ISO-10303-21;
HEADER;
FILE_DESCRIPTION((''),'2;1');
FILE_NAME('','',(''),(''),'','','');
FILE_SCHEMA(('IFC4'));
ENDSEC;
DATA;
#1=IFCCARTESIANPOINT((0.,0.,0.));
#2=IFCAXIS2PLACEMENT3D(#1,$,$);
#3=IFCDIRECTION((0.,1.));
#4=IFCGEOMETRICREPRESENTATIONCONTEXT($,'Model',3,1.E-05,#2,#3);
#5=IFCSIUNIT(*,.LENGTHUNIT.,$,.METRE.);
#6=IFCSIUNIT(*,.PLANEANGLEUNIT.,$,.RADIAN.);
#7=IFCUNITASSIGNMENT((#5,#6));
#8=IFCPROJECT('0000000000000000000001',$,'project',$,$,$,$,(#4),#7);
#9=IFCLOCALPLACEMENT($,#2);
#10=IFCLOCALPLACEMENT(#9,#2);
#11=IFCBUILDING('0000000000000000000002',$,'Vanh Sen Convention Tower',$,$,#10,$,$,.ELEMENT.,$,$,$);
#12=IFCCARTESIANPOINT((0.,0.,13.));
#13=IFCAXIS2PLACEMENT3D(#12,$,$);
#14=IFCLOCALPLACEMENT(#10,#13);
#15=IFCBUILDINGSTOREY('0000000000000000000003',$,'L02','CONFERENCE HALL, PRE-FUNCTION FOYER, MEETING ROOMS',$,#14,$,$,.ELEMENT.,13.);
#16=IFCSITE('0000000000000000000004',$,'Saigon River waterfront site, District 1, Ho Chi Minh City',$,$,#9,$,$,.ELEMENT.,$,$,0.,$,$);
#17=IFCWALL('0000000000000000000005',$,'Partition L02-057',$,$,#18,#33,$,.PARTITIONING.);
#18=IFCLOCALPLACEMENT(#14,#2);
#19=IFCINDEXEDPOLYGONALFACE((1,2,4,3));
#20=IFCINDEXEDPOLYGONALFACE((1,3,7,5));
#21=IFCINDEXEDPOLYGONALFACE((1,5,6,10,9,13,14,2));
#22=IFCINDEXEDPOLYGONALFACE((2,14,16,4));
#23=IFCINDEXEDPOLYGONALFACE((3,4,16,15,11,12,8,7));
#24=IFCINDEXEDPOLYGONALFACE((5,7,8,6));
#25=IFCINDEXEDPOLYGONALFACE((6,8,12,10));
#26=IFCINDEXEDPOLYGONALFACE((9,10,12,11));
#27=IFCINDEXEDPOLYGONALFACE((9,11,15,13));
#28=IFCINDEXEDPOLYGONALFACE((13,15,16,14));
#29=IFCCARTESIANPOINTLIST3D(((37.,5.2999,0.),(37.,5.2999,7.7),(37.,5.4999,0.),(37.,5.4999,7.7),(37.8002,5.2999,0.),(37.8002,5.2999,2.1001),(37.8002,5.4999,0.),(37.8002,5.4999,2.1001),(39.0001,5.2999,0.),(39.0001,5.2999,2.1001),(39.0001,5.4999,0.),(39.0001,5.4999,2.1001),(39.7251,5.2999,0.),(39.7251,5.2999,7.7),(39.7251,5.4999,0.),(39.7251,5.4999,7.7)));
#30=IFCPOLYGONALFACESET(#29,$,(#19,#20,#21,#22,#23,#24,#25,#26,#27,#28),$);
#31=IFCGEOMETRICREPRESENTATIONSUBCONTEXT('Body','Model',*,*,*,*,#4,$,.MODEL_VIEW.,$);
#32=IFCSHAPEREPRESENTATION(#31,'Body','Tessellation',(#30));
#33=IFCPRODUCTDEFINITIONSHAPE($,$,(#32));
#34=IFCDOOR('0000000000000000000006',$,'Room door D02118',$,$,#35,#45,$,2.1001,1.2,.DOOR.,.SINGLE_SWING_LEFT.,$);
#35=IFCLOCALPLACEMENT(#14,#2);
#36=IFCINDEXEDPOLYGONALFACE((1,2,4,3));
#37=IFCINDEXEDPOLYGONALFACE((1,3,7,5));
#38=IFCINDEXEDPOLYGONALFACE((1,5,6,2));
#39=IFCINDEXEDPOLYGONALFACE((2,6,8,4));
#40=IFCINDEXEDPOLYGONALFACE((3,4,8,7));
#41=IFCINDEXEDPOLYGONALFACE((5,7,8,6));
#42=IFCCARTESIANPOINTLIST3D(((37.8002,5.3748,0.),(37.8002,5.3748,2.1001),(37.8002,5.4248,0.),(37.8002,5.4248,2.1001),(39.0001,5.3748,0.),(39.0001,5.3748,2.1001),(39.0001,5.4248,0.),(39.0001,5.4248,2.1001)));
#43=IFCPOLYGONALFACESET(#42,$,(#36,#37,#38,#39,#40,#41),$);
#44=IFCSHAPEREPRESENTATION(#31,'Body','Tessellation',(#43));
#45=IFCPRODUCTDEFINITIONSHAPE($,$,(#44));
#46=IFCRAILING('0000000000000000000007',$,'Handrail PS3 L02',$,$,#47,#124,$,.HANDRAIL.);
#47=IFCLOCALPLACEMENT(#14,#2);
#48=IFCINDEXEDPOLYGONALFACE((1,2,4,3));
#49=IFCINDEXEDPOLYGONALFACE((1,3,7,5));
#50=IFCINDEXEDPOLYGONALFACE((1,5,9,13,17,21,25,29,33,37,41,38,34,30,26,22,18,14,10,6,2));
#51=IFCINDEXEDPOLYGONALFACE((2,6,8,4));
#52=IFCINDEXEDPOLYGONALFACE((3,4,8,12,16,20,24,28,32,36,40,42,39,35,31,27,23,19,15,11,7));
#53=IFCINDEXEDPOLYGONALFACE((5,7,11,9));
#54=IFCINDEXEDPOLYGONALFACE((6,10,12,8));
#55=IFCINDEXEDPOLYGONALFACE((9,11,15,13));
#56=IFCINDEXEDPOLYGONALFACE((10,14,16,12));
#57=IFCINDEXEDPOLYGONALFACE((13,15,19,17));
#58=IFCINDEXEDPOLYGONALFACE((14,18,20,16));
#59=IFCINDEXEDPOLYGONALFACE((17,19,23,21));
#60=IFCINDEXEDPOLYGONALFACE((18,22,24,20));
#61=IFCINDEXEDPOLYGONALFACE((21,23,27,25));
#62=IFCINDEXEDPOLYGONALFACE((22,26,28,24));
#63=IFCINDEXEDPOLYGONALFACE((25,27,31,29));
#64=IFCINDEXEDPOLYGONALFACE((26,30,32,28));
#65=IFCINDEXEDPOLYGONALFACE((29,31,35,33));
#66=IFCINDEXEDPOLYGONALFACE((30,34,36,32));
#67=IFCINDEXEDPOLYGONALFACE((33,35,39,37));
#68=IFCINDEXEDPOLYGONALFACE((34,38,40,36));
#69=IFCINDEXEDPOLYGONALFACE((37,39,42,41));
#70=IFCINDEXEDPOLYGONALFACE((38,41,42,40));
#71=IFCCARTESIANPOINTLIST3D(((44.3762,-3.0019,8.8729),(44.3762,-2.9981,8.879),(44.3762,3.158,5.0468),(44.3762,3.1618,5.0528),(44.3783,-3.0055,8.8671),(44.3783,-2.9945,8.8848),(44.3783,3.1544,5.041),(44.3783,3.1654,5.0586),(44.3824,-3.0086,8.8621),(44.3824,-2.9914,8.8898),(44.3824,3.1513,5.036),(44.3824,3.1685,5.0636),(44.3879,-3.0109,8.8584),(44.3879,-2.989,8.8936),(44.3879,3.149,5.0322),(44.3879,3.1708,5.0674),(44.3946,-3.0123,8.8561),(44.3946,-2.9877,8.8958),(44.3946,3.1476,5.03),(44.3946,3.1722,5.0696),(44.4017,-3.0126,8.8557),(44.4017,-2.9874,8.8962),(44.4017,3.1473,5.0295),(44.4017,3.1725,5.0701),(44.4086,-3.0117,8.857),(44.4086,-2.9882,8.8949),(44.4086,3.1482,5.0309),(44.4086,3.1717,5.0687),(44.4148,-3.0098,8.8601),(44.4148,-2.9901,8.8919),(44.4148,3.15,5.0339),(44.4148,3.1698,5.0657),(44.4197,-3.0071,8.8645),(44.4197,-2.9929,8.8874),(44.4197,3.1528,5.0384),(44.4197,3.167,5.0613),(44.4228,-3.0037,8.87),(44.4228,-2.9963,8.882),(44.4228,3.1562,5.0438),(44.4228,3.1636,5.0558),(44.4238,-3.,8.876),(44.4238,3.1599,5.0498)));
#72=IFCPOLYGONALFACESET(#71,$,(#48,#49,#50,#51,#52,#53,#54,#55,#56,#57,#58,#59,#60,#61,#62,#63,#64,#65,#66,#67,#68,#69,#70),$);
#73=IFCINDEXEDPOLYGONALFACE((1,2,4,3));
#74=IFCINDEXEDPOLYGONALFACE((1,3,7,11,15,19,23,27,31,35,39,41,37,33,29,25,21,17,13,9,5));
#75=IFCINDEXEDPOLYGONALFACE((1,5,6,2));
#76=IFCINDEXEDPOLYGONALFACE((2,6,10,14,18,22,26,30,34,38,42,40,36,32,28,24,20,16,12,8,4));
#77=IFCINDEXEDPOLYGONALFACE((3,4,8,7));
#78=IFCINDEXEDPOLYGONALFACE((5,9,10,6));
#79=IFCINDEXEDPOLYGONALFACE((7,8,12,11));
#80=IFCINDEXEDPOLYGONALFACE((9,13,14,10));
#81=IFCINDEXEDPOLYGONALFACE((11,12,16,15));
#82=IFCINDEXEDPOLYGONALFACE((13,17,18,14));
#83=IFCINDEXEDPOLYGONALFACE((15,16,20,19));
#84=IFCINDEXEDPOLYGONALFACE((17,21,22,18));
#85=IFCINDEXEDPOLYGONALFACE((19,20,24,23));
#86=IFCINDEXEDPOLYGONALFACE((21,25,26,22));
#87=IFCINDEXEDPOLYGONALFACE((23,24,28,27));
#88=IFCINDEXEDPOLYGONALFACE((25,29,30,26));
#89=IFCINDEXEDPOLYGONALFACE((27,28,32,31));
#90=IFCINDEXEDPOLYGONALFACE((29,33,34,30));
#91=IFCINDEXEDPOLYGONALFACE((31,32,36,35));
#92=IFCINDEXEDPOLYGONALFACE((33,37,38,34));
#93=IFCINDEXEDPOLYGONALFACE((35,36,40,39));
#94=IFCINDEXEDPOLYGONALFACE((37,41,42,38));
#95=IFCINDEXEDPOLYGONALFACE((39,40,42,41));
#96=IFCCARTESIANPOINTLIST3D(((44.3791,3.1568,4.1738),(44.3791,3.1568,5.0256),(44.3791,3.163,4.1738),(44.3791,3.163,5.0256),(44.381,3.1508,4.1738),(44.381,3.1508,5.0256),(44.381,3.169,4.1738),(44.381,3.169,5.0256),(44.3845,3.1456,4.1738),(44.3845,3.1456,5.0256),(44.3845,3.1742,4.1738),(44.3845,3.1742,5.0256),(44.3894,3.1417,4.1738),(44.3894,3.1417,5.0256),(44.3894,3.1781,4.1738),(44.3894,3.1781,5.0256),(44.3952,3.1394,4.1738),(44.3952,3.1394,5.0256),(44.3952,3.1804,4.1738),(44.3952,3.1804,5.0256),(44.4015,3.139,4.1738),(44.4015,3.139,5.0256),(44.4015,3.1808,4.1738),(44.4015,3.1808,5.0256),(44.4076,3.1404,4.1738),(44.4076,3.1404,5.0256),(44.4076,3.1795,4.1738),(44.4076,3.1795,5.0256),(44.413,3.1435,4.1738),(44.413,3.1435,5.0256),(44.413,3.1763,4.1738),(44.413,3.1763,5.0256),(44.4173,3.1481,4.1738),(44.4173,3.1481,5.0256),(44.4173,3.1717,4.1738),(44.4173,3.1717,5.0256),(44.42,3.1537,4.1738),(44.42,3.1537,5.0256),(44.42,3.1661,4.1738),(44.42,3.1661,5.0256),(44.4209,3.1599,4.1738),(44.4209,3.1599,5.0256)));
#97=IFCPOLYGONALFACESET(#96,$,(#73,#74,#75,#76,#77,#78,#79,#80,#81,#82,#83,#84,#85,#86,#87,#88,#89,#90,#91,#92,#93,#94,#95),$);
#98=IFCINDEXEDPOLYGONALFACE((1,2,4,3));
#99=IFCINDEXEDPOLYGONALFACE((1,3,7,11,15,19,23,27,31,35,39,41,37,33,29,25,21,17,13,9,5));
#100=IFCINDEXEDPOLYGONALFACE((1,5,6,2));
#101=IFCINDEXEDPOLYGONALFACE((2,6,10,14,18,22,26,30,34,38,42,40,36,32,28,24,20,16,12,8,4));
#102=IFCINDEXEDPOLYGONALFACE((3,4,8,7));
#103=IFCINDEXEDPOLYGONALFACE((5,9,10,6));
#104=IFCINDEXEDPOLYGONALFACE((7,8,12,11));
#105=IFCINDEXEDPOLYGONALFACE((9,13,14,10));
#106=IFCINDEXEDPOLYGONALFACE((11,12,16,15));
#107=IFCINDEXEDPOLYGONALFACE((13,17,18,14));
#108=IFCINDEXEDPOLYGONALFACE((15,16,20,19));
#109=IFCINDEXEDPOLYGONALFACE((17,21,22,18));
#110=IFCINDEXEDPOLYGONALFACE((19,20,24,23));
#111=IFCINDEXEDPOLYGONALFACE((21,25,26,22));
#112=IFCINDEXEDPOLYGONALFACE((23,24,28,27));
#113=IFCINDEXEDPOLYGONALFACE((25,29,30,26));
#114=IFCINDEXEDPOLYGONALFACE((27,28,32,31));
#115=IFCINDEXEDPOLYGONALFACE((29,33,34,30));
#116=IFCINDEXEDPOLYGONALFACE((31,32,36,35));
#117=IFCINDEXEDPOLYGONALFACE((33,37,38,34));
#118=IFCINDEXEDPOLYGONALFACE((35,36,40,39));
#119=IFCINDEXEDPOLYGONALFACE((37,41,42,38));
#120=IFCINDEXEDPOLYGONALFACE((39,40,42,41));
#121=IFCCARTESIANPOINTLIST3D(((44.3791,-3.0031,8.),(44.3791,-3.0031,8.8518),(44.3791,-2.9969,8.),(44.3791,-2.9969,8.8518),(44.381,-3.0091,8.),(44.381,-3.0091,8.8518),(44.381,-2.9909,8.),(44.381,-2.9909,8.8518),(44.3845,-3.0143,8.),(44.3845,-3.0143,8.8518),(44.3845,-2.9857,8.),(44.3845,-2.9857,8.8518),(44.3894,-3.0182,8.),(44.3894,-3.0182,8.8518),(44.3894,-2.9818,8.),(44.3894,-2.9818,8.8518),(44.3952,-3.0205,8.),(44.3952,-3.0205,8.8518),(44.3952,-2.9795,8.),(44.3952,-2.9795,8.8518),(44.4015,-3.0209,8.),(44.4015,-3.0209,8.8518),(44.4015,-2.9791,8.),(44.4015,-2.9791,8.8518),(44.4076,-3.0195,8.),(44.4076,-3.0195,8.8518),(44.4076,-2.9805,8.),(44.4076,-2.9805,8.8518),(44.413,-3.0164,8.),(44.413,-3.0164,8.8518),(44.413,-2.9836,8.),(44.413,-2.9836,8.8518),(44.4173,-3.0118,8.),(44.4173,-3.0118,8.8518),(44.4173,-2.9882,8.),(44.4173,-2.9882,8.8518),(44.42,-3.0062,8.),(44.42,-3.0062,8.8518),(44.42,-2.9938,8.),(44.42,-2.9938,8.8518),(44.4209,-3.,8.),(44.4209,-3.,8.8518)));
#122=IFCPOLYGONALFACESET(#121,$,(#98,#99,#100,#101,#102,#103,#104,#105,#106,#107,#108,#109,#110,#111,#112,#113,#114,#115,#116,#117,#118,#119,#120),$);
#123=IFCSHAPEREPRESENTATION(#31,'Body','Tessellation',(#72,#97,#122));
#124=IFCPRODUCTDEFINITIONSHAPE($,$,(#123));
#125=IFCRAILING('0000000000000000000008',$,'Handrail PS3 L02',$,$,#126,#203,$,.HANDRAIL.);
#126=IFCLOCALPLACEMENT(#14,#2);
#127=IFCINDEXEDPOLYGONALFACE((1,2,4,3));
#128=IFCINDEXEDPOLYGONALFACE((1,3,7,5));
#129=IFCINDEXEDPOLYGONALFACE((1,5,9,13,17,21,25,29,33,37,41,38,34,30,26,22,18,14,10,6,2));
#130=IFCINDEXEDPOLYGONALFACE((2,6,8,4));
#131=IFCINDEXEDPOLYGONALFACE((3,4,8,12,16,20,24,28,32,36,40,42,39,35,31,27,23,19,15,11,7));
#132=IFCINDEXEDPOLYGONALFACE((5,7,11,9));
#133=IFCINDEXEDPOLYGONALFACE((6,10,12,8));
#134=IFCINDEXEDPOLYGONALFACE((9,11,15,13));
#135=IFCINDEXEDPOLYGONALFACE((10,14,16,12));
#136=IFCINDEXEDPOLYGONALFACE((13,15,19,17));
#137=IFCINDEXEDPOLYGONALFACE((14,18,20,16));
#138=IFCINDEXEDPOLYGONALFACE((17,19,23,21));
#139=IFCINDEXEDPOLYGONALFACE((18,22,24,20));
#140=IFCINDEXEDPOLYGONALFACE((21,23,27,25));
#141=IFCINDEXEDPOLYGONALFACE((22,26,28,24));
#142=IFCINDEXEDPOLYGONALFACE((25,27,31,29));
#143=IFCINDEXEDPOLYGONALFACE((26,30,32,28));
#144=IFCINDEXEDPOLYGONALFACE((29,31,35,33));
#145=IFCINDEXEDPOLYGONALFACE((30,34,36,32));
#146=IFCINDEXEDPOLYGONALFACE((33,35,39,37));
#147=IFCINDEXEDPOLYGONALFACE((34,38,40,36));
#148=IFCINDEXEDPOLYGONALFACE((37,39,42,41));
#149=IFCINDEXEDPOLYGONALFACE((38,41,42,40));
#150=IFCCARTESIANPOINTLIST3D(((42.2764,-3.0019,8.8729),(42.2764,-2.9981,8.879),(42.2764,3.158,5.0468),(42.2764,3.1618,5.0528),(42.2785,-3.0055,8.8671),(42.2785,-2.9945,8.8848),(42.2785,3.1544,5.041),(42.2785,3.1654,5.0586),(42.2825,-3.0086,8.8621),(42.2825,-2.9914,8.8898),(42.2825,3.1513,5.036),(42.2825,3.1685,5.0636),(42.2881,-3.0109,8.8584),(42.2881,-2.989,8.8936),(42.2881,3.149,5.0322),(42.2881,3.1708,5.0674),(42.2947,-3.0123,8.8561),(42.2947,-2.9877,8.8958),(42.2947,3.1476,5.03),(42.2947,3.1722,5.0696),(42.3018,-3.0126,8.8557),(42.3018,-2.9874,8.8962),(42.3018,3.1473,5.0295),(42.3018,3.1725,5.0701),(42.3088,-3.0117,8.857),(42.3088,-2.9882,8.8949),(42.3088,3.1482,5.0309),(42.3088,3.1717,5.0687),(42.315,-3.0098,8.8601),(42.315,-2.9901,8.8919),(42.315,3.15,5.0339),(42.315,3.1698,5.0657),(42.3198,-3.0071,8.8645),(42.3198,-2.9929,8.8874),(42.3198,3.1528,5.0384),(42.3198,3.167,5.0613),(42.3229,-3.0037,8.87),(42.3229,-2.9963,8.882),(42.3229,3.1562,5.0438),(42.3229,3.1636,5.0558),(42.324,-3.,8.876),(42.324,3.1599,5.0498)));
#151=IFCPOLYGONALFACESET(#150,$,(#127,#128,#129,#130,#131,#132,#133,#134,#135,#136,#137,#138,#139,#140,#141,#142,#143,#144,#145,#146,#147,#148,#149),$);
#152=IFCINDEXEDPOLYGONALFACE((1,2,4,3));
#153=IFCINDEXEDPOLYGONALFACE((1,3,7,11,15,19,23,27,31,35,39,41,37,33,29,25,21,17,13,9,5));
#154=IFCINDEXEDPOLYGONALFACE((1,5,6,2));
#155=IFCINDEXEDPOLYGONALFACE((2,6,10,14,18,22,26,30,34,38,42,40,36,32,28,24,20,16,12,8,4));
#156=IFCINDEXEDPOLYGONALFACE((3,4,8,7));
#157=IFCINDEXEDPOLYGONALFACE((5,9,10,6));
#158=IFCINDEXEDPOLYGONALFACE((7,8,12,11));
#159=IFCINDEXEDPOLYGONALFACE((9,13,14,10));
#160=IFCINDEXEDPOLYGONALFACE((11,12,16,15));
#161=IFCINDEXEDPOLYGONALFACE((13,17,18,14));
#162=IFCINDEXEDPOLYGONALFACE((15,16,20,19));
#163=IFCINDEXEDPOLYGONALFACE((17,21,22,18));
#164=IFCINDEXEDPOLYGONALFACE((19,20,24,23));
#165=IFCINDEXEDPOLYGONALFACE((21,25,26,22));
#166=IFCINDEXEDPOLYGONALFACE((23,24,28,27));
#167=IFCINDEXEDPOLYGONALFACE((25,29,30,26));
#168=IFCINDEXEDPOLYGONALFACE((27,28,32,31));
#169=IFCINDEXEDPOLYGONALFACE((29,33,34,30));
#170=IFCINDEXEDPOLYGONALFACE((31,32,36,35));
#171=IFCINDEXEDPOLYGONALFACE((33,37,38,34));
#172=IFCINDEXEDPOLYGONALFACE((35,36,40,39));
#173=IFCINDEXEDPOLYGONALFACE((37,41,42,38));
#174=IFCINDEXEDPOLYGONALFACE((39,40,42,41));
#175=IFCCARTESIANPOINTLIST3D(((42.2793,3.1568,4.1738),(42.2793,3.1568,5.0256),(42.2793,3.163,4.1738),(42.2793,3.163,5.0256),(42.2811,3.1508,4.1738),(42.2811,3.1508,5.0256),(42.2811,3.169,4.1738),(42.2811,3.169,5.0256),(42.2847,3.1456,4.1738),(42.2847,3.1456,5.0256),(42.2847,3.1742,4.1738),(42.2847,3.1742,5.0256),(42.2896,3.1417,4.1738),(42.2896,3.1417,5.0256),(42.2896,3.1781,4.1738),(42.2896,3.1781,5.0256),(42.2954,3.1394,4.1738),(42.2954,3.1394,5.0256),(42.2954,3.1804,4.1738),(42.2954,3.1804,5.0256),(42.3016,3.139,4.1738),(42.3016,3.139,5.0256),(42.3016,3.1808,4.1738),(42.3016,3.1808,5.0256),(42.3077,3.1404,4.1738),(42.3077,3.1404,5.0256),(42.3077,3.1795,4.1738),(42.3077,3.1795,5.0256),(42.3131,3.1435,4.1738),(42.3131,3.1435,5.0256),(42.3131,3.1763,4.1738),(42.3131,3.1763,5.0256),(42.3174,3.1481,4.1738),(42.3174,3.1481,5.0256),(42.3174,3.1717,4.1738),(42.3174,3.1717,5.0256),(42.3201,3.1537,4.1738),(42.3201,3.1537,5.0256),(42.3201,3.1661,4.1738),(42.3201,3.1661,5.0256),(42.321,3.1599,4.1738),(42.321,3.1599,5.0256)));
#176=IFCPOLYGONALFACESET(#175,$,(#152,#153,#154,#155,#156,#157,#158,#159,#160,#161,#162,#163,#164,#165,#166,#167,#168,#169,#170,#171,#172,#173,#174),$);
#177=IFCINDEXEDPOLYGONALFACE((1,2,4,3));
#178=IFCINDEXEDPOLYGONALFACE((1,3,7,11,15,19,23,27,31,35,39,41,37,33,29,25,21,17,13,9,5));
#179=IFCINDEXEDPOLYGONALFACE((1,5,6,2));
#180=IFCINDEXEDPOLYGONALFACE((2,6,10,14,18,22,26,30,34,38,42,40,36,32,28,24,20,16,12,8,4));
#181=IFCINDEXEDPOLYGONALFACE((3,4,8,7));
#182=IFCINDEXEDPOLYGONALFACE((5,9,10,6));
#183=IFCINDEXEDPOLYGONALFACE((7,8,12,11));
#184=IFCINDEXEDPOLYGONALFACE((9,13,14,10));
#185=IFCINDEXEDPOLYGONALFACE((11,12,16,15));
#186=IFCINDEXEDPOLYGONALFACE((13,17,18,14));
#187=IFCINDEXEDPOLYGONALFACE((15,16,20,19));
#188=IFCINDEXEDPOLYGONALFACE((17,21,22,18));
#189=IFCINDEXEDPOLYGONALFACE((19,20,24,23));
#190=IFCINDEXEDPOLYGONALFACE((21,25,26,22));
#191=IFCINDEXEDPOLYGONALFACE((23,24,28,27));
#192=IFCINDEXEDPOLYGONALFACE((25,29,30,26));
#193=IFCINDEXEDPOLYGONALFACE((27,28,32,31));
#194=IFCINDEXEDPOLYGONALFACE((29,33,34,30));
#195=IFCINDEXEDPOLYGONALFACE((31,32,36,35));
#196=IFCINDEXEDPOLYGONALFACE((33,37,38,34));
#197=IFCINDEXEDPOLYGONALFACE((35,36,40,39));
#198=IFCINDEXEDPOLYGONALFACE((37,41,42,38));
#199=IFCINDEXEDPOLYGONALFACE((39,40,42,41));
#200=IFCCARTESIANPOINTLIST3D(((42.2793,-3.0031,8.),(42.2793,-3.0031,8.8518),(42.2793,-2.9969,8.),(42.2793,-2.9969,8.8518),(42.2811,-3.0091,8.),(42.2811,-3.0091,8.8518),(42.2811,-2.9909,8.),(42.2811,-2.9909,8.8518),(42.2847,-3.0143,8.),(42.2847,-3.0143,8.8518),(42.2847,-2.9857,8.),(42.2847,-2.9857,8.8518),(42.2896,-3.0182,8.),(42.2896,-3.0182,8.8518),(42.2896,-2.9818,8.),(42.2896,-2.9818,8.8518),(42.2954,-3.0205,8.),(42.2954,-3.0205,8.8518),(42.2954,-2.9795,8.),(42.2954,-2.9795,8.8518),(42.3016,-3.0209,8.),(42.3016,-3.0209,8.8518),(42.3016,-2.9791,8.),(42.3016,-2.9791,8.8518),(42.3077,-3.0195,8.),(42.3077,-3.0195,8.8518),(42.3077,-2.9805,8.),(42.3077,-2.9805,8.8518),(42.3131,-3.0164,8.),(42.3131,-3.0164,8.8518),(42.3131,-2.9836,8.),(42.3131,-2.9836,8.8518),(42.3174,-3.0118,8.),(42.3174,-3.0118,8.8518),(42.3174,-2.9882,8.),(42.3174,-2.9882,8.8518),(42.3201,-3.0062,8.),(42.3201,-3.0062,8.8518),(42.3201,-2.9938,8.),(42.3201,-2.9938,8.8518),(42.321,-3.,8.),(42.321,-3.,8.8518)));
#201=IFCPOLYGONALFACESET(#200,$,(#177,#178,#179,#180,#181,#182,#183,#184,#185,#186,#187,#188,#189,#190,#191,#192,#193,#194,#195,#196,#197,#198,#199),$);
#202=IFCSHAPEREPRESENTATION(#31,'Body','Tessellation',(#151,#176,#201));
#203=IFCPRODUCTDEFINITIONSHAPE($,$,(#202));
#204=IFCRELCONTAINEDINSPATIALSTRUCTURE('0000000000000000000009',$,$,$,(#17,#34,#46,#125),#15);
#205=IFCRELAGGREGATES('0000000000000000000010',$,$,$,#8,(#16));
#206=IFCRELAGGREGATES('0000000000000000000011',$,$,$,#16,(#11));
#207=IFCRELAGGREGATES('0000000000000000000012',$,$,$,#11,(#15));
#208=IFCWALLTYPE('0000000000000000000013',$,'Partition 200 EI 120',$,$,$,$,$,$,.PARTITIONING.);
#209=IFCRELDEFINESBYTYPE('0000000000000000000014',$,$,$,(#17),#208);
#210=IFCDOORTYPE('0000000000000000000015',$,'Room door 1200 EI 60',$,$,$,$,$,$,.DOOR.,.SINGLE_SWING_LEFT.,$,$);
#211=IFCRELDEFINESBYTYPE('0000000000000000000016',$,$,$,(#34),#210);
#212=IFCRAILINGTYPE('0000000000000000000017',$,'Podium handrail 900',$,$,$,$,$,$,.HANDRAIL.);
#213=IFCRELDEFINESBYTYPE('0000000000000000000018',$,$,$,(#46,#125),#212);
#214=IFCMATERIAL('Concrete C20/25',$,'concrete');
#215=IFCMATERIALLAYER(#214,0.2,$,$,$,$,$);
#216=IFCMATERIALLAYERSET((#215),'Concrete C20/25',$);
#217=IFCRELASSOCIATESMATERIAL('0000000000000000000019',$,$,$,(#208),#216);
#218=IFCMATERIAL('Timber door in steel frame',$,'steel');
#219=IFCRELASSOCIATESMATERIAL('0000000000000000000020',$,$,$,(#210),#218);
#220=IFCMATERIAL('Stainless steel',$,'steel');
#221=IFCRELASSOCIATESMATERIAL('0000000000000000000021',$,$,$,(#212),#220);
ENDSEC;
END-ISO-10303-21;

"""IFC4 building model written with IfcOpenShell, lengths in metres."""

from ifc_helpers import new_model, si_unit, direction, frame, frame_2d, origin, origin_2d, place, context, subcontext, project, spatial, rectangle, circle, extrude, material, layer, layer_set, type_object, element, fill, save


model = new_model("IFC4")

# Units and contexts
model_context = context("Model", 3, precision=1e-05, world=origin(), true_north=direction((0.0, 1.0)))
body_context = subcontext(model_context, "Body", "Model", "MODEL_VIEW")
ifc_project = project(units=[si_unit("LENGTHUNIT", "METRE"), si_unit("PLANEANGLEUNIT", "RADIAN")], contexts=[model_context])

# Site, building, storey
site_placement = place(None, origin())
site = spatial("IfcSite", under=ifc_project, at=site_placement, Name="Saigon River waterfront site, District 1, Ho Chi Minh City", CompositionType="ELEMENT", RefElevation=0.0)
building_placement = place(site_placement, origin())
building = spatial("IfcBuilding", under=site, at=building_placement, Name="Vanh Sen Convention Tower", CompositionType="ELEMENT")
storey_placement = place(building_placement, frame((0.0, 0.0, 13.0)))
storey = spatial("IfcBuildingStorey", under=building, at=storey_placement, Name="L02", Description="CONFERENCE HALL, PRE-FUNCTION FOYER, MEETING ROOMS", CompositionType="ELEMENT", Elevation=13.0)

# Wall, opening, door
ifc_material_1 = material(Name="Concrete C20/25", Category="concrete")
ifc_layer_1 = layer(ifc_material_1, 0.2)
ifc_layer_set_1 = layer_set([ifc_layer_1], Name="Concrete C20/25")
wall_type_1 = type_object("IfcWallType", Name="Partition 200 EI 120", PredefinedType="PARTITIONING", material=ifc_layer_set_1)
ifc_material_2 = material(Name="Timber door in steel frame", Category="steel")
door_type = type_object("IfcDoorType", Name="Room door 1200 EI 60", OperationType="SINGLE_SWING_LEFT", PredefinedType="DOOR", material=ifc_material_2)
wall_1_placement = place(storey_placement, frame((37.0, 5.3999, 0.0), z_axis=(0.0, 0.0, 1.0), x_axis=(1.0, 0.0, 0.0)))
wall_1 = element("IfcWall", 1, at=wall_1_placement, inside=storey, type_object=wall_type_1, Name="Partition L02-057", PredefinedType="PARTITIONING", context=body_context, shape_type="SweptSolid", body=[
    extrude(rectangle(XDim=2.7251, YDim=0.2, at=frame_2d((1.3625, 0.0))), origin(), (0.0, 0.0, 1.0), 7.7),
])
opening_1_placement = place(wall_1_placement, frame((0.8, 0.0, 0.0)))
opening_1 = element("IfcOpeningElement", 2, at=opening_1_placement, cuts=wall_1, PredefinedType="OPENING", context=body_context, shape_type="SweptSolid", body=[
    extrude(rectangle(XDim=1.2, YDim=2.1001, at=frame_2d((0.6001, 1.05))), frame((0.0, 0.1099, 0.0), z_axis=(0.0, -1.0, 0.0), x_axis=(1.0, 0.0, 0.0)), (0.0, 0.0, 1.0), 0.22),
])
door_1_placement = place(opening_1_placement, origin())
door_1 = element("IfcDoor", 3, at=door_1_placement, inside=storey, type_object=door_type, Name="Room door D02118", OperationType="SINGLE_SWING_LEFT", OverallHeight=2.1001, OverallWidth=1.2, PredefinedType="DOOR", context=body_context, shape_type="SweptSolid", body=[
    extrude(rectangle(XDim=1.2, YDim=2.1001, at=frame_2d((0.6001, 1.05))), frame((0.0, 0.0249, 0.0), z_axis=(0.0, -1.0, 0.0), x_axis=(1.0, 0.0, 0.0)), (0.0, 0.0, 1.0), 0.05),
])
fill(opening_1, door_1)

# Railings
ifc_material_3 = material(Name="Stainless steel", Category="steel")
railing_type = type_object("IfcRailingType", Name="Podium handrail 900", PredefinedType="HANDRAIL", material=ifc_material_3)
for number, where, name in (
    (4, (44.3999, 3.1599, 4.1738), "Handrail PS3 L02"),
    (5, (42.3, 3.1599, 4.1738), "Handrail PS3 L02"),
):
    element("IfcRailing", number, at=place(storey_placement, frame(where)), inside=storey, type_object=railing_type, Name=name, PredefinedType="HANDRAIL", context=body_context, shape_type="SweptSolid", body=[
        extrude(circle(Radius=0.0239, at=origin_2d()), frame((0.0, 0.0, 0.876), z_axis=(0.0, -0.849468, 0.527639), x_axis=(1.0, 0.0, 0.0)), (0.0, 0.0, 1.0), 7.2515),
        extrude(circle(Radius=0.021, at=origin_2d()), origin(), (0.0, 0.0, 1.0), 0.8518),
        extrude(circle(Radius=0.021, at=origin_2d()), frame((0.0, -6.1599, 3.8262)), (0.0, 0.0, 1.0), 0.8518),
    ])

save(model, "model.ifc")
